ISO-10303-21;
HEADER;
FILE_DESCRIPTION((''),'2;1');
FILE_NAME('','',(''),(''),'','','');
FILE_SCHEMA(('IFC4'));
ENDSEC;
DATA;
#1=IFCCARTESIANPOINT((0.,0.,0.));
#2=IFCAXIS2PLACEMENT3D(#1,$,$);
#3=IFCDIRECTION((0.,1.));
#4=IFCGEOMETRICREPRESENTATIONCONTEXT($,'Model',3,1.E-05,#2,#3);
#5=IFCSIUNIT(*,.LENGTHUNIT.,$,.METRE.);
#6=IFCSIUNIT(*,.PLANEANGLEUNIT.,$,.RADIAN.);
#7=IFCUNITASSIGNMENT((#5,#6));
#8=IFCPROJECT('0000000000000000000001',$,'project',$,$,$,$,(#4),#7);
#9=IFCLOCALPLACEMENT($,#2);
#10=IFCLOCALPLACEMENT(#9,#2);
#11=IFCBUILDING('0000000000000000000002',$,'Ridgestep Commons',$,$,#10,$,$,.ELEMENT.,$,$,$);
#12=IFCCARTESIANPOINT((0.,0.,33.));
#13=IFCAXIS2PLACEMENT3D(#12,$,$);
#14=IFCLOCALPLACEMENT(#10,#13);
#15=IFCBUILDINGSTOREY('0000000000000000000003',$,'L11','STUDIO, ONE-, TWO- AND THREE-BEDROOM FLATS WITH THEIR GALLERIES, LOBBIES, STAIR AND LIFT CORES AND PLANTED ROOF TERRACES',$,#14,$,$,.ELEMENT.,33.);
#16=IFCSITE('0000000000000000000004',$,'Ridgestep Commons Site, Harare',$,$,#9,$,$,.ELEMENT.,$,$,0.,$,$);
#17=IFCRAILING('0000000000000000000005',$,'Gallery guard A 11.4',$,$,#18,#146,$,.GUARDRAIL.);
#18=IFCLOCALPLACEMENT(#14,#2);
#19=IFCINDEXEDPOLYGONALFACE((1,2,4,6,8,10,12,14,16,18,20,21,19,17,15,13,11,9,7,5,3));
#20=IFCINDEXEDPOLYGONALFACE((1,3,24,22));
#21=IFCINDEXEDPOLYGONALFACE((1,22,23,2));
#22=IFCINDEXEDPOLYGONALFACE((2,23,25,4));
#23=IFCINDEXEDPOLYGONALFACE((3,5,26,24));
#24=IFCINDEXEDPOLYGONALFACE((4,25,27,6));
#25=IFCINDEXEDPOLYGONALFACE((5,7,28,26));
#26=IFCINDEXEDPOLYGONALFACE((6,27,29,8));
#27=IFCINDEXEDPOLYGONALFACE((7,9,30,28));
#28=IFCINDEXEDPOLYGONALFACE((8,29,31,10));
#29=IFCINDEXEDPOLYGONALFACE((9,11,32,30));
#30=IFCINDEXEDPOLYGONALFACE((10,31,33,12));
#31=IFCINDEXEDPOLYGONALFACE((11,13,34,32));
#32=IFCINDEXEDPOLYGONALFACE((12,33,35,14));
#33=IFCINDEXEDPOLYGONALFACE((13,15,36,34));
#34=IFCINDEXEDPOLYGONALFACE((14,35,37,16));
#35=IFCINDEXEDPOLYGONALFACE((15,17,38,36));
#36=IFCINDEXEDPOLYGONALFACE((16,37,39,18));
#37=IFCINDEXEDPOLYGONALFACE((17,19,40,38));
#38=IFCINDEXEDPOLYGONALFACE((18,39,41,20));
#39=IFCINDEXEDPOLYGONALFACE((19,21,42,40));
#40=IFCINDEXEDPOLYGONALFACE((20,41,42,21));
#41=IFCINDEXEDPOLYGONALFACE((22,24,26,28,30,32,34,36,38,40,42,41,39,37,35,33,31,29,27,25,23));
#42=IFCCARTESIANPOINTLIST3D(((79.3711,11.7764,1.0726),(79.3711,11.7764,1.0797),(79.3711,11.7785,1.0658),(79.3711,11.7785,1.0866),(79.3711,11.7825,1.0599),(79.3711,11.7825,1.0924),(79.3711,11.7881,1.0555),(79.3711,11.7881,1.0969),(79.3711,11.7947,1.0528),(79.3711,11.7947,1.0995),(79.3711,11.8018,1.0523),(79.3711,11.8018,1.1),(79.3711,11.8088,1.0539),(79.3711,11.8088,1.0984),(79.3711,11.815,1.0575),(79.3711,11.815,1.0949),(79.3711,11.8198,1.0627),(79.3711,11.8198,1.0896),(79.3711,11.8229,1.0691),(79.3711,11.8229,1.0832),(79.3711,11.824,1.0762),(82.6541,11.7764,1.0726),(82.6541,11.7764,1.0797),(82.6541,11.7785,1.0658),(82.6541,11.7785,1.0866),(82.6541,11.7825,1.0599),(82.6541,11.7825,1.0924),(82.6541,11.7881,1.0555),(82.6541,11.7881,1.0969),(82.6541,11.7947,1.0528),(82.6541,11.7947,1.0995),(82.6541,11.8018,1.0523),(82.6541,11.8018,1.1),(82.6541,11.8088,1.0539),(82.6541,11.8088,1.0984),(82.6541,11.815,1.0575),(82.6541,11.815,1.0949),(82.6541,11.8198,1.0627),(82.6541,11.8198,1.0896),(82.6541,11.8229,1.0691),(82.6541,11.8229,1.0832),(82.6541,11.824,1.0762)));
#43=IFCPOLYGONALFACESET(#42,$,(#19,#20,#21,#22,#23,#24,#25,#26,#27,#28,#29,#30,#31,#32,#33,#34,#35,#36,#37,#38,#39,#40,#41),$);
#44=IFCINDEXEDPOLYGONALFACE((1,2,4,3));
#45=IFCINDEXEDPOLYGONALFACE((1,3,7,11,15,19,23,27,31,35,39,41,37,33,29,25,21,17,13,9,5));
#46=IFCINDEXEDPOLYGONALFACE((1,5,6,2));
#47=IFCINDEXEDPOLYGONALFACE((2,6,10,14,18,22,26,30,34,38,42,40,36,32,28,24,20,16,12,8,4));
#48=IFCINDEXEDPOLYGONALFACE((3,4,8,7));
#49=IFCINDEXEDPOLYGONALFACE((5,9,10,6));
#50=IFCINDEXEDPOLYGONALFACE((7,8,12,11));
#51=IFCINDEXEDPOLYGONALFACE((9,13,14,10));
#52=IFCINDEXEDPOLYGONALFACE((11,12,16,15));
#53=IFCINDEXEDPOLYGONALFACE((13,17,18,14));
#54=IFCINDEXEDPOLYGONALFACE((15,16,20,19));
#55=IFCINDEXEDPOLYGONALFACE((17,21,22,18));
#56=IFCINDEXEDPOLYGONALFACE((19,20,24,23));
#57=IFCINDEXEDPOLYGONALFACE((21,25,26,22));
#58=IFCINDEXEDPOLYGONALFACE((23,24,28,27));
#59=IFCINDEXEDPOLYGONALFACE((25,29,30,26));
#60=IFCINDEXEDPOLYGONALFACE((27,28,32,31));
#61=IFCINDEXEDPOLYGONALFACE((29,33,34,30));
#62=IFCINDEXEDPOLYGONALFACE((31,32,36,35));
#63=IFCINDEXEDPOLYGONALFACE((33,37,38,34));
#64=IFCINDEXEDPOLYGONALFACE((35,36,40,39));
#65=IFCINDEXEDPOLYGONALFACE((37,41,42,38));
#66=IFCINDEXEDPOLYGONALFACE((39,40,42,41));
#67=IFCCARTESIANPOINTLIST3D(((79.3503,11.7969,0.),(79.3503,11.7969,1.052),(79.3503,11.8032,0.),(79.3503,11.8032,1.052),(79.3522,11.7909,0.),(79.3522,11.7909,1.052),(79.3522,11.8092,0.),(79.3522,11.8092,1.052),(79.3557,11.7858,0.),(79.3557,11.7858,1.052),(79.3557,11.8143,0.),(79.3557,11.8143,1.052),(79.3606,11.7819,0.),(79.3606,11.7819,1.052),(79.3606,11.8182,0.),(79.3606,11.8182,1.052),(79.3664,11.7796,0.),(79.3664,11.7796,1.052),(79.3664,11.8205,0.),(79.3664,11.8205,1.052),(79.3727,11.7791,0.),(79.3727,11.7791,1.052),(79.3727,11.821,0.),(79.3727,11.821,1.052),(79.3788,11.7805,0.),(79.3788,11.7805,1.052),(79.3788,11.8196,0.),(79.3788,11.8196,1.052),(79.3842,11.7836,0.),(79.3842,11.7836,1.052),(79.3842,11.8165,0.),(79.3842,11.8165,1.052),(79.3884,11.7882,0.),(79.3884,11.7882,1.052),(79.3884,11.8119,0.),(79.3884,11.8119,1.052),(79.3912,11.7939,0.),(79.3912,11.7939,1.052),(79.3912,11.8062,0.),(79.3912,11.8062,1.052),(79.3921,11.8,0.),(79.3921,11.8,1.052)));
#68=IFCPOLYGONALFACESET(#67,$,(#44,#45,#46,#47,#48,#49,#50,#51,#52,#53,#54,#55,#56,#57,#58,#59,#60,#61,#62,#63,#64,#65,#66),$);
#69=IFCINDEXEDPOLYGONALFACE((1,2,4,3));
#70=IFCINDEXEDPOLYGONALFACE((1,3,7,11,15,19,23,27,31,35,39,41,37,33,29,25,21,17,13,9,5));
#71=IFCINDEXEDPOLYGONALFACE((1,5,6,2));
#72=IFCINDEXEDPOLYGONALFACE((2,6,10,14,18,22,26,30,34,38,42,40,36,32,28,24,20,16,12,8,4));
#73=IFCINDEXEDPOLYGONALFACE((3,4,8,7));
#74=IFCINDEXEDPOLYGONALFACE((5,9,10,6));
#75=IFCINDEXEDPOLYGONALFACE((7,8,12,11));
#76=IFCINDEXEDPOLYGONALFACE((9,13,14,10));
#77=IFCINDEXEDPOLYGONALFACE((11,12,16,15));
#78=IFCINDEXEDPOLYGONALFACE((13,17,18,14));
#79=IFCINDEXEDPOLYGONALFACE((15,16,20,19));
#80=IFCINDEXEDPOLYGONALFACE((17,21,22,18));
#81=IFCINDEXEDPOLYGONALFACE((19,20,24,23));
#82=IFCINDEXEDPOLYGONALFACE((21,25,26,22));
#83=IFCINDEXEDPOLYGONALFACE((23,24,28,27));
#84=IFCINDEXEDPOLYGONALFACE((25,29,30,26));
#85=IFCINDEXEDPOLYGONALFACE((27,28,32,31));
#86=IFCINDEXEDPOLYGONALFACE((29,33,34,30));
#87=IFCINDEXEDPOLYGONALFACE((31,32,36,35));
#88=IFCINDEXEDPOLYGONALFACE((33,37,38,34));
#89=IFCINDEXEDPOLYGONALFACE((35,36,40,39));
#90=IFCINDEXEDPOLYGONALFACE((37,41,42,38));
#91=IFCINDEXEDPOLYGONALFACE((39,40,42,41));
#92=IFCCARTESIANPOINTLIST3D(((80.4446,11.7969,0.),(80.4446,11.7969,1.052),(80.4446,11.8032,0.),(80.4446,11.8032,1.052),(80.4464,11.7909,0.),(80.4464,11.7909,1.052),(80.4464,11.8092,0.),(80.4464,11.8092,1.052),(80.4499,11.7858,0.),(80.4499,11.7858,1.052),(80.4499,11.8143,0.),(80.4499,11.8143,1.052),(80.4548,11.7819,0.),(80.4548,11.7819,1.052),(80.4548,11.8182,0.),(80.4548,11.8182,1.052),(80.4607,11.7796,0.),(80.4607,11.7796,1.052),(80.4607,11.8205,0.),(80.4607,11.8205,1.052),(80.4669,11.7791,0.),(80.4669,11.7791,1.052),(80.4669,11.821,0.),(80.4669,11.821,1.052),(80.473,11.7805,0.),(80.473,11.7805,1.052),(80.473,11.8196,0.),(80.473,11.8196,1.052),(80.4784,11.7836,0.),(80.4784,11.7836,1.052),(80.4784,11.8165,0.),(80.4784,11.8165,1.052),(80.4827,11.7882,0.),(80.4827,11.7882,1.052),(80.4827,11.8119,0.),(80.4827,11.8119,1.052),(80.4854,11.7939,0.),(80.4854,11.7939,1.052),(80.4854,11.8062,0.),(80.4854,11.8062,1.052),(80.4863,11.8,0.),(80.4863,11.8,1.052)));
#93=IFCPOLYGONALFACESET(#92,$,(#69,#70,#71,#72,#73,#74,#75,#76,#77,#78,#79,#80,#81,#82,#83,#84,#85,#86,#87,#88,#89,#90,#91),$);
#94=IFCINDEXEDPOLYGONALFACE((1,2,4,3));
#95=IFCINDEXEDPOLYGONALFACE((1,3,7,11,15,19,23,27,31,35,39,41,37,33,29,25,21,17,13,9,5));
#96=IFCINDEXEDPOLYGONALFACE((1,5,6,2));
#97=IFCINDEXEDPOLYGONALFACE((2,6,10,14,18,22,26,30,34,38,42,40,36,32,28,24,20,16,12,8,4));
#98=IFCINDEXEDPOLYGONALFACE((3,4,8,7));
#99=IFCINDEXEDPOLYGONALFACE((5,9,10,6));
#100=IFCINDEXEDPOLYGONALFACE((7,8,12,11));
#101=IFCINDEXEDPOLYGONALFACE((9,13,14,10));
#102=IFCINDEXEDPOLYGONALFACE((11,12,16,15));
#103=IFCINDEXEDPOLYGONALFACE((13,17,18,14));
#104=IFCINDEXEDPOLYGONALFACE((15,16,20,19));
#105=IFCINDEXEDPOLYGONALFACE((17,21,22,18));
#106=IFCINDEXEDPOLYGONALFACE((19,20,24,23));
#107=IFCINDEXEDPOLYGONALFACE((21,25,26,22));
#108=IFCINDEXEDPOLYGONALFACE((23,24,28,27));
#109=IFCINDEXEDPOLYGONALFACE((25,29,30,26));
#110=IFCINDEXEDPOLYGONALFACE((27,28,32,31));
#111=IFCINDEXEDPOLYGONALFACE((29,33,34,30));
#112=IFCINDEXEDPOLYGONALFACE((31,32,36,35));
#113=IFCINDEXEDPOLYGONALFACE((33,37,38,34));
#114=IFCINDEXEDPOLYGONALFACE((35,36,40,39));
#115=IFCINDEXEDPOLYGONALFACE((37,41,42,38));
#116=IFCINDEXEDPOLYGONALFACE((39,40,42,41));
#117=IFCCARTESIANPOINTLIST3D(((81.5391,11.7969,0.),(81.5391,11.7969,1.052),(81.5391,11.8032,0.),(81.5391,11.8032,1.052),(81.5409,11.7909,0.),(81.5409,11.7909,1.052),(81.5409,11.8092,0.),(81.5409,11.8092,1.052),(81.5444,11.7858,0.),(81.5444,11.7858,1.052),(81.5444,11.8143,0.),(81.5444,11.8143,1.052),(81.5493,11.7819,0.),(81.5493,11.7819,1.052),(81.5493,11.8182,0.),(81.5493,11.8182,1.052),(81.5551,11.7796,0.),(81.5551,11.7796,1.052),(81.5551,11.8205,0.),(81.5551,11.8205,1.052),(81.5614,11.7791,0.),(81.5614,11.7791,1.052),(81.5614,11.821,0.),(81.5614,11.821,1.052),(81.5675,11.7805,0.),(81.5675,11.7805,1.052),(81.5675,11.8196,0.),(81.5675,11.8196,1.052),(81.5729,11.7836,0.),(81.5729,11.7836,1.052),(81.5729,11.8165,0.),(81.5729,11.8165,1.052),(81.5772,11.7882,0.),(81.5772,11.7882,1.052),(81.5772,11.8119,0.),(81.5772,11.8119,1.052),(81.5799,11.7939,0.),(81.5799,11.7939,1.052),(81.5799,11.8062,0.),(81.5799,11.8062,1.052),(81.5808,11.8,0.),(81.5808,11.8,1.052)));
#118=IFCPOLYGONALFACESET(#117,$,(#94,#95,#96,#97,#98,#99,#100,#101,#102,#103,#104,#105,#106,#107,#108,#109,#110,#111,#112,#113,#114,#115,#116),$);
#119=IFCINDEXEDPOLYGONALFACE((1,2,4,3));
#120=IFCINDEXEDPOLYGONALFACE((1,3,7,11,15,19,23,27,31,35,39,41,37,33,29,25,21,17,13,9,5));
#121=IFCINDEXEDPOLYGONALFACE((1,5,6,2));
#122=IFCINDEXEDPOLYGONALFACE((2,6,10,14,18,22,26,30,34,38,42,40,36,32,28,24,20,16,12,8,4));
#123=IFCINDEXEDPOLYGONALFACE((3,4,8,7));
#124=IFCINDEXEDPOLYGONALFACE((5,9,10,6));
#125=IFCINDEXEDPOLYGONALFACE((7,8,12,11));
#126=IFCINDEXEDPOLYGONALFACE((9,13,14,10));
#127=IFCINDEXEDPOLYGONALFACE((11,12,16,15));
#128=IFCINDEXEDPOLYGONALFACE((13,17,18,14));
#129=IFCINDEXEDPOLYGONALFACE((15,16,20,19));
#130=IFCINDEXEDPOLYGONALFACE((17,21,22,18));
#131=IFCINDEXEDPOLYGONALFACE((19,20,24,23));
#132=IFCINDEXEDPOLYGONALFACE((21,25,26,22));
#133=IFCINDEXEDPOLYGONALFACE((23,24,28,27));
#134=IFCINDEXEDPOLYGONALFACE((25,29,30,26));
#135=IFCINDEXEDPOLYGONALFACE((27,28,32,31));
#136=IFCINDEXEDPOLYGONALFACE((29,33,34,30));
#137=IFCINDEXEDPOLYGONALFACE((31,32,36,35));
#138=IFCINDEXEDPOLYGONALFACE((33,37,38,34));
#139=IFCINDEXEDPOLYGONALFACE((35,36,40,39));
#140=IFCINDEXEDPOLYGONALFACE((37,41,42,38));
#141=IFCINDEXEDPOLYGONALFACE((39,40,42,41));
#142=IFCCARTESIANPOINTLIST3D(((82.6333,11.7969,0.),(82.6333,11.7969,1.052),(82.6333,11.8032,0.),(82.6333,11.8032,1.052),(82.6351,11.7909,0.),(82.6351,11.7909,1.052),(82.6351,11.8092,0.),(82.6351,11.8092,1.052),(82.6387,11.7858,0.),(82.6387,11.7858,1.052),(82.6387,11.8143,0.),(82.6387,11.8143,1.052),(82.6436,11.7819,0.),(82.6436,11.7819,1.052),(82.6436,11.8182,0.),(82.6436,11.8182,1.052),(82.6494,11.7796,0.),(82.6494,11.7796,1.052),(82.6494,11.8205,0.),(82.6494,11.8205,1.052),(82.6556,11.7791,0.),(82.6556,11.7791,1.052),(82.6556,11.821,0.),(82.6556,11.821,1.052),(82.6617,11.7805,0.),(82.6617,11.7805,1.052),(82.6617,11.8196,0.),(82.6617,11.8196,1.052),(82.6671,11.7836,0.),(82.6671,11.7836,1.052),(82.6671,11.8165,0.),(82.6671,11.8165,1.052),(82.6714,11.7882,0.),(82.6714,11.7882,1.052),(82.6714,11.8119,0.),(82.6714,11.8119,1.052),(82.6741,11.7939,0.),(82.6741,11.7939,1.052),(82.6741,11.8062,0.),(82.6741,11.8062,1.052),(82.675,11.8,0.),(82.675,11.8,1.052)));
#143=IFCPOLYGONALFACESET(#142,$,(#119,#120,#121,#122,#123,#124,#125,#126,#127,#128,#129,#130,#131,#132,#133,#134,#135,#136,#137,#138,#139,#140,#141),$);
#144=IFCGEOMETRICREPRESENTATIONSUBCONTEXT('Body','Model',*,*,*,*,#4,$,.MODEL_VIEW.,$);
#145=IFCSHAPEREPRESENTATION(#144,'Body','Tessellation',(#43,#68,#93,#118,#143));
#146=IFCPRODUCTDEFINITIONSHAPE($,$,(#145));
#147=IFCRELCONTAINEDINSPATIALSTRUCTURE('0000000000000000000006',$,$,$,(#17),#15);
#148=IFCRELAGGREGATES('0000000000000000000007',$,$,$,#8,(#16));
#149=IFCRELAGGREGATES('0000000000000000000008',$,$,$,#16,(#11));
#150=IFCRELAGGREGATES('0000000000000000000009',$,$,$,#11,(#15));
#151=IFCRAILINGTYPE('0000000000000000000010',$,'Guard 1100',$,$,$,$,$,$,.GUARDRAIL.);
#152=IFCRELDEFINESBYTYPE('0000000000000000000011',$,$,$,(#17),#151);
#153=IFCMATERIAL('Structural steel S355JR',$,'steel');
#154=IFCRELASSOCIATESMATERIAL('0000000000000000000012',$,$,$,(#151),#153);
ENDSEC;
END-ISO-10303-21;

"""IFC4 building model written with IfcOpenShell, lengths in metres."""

from ifc_helpers import new_model, si_unit, direction, frame, origin, origin_2d, place, context, subcontext, project, spatial, circle, extrude, material, type_object, element, save


model = new_model("IFC4")

# Units and contexts
model_context = context("Model", 3, precision=1e-05, world=origin(), true_north=direction((0.0, 1.0)))
body_context = subcontext(model_context, "Body", "Model", "MODEL_VIEW")
ifc_project = project(units=[si_unit("LENGTHUNIT", "METRE"), si_unit("PLANEANGLEUNIT", "RADIAN")], contexts=[model_context])

# Site, building, storey
site_placement = place(None, origin())
site = spatial("IfcSite", under=ifc_project, at=site_placement, Name="Ridgestep Commons Site, Harare", CompositionType="ELEMENT", RefElevation=0.0)
building_placement = place(site_placement, origin())
building = spatial("IfcBuilding", under=site, at=building_placement, Name="Ridgestep Commons", CompositionType="ELEMENT")
storey_placement = place(building_placement, frame((0.0, 0.0, 33.0)))
storey = spatial("IfcBuildingStorey", under=building, at=storey_placement, Name="L11", Description="STUDIO, ONE-, TWO- AND THREE-BEDROOM FLATS WITH THEIR GALLERIES, LOBBIES, STAIR AND LIFT CORES AND PLANTED ROOF TERRACES", CompositionType="ELEMENT", Elevation=33.0)

# Railing
ifc_material_1 = material(Name="Structural steel S355JR", Category="steel")
railing_type_1 = type_object("IfcRailingType", Name="Guard 1100", PredefinedType="GUARDRAIL", material=ifc_material_1)
railing_1_placement = place(storey_placement, frame((79.3711, 11.8, 0.0)))
element("IfcRailing", 1, at=railing_1_placement, inside=storey, type_object=railing_type_1, Name="Gallery guard A 11.4", PredefinedType="GUARDRAIL", context=body_context, shape_type="SweptSolid", body=[
    extrude(circle(Radius=0.0239, at=origin_2d()), frame((0.0, 0.0, 1.0762), z_axis=(1.0, 0.0, 0.0), x_axis=(0.0, 1.0, 0.0)), (0.0, 0.0, 1.0), 3.283),
    extrude(circle(Radius=0.021, at=origin_2d()), origin(), (0.0, 0.0, 1.0), 1.052),
    extrude(circle(Radius=0.021, at=origin_2d()), frame((1.0942, 0.0, 0.0)), (0.0, 0.0, 1.0), 1.052),
    extrude(circle(Radius=0.021, at=origin_2d()), frame((2.1887, 0.0, 0.0)), (0.0, 0.0, 1.0), 1.052),
    extrude(circle(Radius=0.021, at=origin_2d()), frame((3.283, 0.0, 0.0)), (0.0, 0.0, 1.0), 1.052),
])

save(model, "model.ifc")
